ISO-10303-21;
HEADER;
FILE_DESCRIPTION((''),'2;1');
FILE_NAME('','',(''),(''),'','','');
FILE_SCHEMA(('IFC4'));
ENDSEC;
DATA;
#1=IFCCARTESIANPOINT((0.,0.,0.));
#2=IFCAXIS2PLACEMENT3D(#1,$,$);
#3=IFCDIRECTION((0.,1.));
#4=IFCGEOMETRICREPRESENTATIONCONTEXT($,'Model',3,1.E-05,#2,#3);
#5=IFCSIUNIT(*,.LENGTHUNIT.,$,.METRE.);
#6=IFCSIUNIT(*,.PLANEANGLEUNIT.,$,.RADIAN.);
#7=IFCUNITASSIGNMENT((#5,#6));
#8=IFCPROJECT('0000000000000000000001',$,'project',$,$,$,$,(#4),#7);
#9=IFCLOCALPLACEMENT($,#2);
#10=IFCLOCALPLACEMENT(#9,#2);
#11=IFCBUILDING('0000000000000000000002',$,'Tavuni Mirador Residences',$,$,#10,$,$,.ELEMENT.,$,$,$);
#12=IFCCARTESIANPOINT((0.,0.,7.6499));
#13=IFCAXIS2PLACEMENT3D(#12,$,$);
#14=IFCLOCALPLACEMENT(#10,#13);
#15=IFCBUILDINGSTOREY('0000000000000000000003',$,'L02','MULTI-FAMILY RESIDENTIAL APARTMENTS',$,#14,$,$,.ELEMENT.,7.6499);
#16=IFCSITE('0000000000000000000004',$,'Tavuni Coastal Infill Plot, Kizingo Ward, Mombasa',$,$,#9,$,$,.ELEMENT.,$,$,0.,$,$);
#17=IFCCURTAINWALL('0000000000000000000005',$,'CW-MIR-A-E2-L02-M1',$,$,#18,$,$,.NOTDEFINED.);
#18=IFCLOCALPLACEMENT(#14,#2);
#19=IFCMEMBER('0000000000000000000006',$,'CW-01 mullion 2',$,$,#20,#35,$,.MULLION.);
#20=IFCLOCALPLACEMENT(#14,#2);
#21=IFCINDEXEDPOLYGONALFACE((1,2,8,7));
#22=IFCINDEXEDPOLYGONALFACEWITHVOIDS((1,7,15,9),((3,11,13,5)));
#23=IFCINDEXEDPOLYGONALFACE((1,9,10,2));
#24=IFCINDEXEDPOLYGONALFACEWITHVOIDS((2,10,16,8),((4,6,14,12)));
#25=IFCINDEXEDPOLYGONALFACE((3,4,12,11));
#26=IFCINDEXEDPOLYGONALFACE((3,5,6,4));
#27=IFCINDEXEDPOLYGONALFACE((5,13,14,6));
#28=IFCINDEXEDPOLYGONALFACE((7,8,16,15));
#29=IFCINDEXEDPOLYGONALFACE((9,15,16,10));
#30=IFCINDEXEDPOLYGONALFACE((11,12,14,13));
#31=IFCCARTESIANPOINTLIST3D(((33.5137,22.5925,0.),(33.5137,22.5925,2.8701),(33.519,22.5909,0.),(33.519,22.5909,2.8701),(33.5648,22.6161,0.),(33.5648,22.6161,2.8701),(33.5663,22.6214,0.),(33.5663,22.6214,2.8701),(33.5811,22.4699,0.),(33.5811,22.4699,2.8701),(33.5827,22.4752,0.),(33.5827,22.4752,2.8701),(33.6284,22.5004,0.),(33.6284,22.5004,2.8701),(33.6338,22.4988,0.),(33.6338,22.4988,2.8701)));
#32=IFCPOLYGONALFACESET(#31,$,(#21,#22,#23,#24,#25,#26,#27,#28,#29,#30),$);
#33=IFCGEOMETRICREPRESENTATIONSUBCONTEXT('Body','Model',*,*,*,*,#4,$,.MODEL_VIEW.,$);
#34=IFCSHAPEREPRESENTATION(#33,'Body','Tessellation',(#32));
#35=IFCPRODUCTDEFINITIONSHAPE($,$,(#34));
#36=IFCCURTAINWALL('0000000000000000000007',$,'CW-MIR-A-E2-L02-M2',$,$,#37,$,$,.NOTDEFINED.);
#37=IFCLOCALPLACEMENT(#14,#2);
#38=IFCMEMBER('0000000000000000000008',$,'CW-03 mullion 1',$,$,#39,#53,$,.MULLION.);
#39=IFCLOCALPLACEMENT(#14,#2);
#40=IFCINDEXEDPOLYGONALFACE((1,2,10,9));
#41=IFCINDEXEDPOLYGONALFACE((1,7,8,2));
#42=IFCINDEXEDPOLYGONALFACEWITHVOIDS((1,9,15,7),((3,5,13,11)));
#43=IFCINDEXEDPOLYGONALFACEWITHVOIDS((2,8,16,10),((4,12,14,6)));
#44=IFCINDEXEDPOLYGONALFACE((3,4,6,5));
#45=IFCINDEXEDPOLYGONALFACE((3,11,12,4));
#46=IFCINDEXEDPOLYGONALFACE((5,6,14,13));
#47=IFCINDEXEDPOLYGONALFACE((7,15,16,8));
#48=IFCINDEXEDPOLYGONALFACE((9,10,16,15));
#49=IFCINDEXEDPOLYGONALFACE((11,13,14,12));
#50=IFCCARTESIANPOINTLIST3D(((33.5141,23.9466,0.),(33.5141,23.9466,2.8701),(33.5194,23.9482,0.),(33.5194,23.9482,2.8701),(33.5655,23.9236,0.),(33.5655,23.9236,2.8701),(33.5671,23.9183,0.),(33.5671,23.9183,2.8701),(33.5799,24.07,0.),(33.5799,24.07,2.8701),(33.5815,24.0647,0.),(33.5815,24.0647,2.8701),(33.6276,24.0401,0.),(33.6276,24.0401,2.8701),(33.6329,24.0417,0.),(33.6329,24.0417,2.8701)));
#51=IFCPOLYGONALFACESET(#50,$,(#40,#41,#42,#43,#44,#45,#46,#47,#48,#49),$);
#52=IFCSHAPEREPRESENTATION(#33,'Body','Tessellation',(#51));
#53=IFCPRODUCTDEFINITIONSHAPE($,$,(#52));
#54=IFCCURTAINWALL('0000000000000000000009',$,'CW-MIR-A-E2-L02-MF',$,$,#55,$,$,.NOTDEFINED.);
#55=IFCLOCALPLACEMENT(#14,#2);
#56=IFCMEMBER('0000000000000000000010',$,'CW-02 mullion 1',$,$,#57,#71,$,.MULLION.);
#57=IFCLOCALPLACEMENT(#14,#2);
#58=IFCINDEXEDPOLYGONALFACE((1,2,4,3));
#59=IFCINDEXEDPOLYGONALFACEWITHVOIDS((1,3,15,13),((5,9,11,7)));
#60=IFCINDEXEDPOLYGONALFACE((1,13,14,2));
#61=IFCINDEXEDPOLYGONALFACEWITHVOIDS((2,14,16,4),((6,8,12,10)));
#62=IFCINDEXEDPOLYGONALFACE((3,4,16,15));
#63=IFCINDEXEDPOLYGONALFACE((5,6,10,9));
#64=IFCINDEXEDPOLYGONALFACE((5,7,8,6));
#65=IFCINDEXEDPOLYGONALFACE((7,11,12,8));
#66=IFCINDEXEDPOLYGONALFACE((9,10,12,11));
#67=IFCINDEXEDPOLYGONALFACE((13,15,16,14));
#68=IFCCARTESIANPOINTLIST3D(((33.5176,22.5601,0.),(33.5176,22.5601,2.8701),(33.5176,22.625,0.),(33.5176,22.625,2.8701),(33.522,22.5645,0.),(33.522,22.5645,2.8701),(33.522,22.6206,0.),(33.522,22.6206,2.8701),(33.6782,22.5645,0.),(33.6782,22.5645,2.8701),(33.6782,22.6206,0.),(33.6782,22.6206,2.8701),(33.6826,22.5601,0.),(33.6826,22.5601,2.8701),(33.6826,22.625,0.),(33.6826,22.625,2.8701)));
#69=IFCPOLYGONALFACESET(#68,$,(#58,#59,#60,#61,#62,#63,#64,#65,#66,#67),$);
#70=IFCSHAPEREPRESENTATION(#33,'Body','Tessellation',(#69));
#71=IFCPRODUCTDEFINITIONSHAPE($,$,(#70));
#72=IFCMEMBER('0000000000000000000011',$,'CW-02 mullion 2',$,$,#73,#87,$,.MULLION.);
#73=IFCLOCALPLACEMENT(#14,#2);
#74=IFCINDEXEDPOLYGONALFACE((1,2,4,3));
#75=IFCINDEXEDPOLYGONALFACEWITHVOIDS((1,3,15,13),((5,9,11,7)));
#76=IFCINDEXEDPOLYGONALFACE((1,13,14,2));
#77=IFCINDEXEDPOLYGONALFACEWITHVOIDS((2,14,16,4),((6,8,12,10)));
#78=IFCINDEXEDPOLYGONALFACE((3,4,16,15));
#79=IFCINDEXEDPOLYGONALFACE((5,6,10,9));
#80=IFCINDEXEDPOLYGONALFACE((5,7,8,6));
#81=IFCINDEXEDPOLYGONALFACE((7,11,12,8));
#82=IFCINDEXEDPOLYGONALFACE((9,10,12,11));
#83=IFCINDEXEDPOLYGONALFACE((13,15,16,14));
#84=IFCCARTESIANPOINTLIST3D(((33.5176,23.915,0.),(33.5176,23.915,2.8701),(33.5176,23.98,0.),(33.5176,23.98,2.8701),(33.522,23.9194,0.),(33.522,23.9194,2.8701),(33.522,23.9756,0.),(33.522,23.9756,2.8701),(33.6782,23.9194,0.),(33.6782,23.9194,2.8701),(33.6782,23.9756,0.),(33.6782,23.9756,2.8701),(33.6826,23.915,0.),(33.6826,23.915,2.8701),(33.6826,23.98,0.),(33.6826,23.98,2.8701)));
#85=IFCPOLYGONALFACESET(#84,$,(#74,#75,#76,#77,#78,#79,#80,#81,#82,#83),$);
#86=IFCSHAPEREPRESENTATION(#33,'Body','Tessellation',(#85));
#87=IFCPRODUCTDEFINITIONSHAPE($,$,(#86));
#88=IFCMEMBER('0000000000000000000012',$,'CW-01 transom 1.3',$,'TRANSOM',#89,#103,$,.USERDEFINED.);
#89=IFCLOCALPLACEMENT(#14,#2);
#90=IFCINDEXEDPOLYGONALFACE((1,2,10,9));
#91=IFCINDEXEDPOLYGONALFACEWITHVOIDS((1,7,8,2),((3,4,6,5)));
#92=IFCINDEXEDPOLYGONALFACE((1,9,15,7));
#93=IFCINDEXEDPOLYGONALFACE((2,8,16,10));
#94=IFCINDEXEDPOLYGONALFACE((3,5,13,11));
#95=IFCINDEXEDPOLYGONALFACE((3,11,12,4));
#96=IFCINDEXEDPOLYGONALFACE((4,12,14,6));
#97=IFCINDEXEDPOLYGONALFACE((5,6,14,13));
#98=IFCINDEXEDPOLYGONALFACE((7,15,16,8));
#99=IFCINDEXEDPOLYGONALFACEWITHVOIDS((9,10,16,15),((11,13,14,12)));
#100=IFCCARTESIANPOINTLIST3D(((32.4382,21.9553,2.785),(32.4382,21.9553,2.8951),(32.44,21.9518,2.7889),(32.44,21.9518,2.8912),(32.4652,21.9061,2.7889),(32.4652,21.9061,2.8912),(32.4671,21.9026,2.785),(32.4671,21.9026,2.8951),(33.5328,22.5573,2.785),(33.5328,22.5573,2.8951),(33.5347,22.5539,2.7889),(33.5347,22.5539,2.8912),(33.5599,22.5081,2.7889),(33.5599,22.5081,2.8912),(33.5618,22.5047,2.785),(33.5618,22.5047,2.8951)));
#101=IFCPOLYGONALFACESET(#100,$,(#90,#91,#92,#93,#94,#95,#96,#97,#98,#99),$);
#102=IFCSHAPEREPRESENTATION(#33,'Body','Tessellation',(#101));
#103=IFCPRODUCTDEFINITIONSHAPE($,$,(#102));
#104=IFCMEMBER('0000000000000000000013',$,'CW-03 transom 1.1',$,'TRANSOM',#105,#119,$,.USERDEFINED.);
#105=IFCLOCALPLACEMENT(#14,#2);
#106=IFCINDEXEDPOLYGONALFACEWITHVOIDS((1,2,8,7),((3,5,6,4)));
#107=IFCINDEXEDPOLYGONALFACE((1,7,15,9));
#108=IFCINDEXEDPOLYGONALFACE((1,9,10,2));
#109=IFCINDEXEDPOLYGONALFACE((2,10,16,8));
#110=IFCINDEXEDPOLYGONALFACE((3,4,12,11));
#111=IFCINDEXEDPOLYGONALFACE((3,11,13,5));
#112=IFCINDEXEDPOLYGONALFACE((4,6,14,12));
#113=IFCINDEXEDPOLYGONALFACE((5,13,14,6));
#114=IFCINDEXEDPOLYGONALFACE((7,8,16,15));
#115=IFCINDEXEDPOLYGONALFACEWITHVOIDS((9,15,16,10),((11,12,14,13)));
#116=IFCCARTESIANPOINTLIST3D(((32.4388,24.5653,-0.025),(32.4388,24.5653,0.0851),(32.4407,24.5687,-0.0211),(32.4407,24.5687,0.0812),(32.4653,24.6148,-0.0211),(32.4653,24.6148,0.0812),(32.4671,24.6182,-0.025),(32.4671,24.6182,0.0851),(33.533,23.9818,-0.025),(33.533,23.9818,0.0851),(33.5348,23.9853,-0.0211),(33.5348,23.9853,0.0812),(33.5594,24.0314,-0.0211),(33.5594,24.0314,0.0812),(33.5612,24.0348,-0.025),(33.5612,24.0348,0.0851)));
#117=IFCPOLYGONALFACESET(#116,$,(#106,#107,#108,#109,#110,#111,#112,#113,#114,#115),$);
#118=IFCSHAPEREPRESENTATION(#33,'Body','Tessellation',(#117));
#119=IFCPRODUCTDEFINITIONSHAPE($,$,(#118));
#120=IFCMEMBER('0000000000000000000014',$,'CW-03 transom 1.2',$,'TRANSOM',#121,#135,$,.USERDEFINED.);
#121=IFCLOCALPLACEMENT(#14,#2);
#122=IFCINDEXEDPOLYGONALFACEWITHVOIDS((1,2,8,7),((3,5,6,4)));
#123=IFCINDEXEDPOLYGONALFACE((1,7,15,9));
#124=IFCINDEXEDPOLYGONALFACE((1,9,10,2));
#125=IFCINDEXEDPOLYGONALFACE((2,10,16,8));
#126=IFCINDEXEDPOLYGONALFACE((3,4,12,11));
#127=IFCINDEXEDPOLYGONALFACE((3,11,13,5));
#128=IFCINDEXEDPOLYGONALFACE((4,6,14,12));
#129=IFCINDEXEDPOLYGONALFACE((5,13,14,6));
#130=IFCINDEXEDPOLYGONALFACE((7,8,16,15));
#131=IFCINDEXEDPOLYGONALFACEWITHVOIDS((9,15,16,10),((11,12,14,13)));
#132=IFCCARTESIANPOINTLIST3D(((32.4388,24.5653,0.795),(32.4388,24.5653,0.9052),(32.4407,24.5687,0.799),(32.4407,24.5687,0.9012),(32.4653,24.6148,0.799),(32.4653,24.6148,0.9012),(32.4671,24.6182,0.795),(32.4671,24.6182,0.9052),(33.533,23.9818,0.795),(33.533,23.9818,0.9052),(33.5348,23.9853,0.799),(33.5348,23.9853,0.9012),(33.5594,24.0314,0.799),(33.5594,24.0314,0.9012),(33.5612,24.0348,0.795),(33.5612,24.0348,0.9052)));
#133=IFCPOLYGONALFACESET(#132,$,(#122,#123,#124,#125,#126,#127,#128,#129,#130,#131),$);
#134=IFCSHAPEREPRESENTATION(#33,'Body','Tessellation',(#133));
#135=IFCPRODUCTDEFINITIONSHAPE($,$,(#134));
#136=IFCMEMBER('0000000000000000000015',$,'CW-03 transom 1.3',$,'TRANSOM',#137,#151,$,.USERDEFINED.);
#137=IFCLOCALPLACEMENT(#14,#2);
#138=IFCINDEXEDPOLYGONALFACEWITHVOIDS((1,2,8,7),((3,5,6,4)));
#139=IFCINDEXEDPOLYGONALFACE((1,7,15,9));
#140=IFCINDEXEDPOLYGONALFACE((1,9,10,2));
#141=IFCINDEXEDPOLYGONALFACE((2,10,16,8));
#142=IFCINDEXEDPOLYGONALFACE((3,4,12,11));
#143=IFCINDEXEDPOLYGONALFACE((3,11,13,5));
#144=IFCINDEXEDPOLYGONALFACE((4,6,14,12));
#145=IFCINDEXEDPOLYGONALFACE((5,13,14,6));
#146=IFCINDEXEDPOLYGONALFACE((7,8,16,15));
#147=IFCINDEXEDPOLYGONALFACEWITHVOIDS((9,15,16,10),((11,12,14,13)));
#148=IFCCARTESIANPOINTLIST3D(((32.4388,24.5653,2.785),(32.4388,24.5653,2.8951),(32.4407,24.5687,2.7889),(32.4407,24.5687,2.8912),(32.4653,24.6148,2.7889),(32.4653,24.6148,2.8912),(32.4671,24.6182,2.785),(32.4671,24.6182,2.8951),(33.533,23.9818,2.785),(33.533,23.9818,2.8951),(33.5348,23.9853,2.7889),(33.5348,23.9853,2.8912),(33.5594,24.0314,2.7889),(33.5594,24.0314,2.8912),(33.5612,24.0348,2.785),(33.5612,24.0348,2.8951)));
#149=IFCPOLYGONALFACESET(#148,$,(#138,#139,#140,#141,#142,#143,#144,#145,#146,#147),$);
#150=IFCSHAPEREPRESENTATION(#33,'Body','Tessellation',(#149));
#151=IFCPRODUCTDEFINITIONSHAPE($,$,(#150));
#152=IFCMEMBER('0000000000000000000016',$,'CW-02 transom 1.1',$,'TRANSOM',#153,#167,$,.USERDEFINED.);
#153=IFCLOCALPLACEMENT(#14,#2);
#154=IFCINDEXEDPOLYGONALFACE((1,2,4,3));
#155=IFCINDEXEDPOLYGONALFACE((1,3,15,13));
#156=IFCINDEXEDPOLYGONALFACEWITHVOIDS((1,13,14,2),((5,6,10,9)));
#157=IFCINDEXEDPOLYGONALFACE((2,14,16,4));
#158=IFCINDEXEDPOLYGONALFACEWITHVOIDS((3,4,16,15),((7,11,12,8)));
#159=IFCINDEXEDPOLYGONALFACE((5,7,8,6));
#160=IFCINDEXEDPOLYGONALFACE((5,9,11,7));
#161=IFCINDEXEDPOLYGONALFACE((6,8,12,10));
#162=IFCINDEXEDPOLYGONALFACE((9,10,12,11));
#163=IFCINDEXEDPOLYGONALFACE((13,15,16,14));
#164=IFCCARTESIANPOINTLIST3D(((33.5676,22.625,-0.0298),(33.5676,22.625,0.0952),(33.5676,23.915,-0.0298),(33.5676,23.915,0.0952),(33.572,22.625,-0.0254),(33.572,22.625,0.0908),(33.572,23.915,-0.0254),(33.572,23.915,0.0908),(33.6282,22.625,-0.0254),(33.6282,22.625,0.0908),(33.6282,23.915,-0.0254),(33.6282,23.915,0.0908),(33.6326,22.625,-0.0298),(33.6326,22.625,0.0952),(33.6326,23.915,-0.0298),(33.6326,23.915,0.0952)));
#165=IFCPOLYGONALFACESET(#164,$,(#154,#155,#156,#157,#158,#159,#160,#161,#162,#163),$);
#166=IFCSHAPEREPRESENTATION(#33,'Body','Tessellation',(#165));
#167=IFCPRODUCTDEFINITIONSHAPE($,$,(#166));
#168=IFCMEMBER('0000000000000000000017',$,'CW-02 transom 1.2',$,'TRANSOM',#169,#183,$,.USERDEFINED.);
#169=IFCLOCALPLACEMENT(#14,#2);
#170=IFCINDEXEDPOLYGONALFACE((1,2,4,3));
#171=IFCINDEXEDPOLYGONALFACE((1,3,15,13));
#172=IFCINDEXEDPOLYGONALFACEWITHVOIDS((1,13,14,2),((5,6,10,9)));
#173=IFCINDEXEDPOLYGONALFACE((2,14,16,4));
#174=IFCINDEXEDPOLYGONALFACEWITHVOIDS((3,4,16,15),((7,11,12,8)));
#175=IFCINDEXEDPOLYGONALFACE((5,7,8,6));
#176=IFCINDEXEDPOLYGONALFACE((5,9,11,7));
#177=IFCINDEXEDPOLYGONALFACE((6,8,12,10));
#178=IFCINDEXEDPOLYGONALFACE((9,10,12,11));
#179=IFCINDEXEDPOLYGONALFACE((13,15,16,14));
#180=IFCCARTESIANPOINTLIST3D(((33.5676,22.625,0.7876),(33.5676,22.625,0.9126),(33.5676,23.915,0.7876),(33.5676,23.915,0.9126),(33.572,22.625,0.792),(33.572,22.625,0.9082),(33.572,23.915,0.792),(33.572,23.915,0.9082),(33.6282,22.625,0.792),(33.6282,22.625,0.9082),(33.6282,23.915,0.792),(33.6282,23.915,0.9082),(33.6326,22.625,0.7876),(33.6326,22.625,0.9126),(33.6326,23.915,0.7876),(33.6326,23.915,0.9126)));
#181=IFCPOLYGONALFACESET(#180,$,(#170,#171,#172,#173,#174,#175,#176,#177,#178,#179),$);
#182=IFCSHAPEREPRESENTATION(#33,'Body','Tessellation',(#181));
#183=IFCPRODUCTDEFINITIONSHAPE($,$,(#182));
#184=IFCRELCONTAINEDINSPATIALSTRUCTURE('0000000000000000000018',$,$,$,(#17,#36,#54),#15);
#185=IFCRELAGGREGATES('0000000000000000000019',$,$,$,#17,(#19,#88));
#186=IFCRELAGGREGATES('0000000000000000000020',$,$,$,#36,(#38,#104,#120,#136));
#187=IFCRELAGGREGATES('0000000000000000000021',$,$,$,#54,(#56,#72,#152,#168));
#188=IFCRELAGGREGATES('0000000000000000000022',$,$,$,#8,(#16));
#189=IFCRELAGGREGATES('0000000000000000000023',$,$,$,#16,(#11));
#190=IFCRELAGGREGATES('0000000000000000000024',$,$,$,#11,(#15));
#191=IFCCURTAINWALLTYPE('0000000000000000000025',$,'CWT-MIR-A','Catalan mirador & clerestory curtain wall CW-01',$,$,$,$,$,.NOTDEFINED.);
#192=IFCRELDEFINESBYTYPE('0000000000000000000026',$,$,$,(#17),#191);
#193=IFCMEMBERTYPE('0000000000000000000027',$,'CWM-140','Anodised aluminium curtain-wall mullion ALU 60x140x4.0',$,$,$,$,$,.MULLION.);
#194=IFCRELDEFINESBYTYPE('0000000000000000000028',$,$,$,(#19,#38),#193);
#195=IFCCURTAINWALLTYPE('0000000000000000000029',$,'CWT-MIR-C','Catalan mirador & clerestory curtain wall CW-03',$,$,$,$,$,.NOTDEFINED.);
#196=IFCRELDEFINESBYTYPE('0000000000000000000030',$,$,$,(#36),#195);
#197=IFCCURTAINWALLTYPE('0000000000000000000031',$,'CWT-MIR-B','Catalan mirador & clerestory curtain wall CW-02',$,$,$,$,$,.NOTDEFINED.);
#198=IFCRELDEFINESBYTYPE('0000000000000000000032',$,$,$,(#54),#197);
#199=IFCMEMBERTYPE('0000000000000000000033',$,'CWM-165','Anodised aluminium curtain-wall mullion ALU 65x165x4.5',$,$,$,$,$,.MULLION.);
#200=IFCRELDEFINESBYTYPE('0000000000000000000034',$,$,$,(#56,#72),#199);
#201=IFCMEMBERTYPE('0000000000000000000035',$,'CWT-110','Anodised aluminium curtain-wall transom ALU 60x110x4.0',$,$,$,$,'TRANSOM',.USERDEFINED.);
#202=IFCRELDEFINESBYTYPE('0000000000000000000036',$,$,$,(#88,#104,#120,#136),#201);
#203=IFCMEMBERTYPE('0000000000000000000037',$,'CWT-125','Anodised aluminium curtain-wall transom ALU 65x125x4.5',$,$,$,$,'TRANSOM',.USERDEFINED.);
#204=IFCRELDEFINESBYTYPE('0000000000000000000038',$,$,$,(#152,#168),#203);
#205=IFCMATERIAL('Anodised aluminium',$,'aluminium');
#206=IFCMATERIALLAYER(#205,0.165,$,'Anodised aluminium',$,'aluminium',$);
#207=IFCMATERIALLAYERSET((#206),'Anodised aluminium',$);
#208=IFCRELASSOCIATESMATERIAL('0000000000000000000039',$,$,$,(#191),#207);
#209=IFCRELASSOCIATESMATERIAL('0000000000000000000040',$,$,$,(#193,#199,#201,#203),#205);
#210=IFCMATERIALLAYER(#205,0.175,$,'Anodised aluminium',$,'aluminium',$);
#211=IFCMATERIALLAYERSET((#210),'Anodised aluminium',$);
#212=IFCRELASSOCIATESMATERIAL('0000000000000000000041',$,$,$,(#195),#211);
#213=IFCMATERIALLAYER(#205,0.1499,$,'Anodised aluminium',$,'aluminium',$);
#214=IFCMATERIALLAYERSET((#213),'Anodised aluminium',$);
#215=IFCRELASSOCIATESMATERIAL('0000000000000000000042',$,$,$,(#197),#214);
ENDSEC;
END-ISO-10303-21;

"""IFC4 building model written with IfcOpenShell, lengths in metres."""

from ifc_helpers import new_model, si_unit, direction, frame, origin, origin_2d, place, context, subcontext, project, spatial, hollow_rectangle, extrude, material, layer, layer_set, material_profile, profile_set, type_object, element, aggregate, save


model = new_model("IFC4")

# Units and contexts
model_context = context("Model", 3, precision=1e-05, world=origin(), true_north=direction((0.0, 1.0)))
body_context = subcontext(model_context, "Body", "Model", "MODEL_VIEW")
ifc_project = project(units=[si_unit("LENGTHUNIT", "METRE"), si_unit("PLANEANGLEUNIT", "RADIAN")], contexts=[model_context])

# Site, building, storey
site_placement = place(None, origin())
site = spatial("IfcSite", under=ifc_project, at=site_placement, Name="Tavuni Coastal Infill Plot, Kizingo Ward, Mombasa", CompositionType="ELEMENT", RefElevation=0.0)
building_placement = place(site_placement, origin())
building = spatial("IfcBuilding", under=site, at=building_placement, Name="Tavuni Mirador Residences", CompositionType="ELEMENT")
storey_placement = place(building_placement, frame((0.0, 0.0, 7.6499)))
storey = spatial("IfcBuildingStorey", under=building, at=storey_placement, Name="L02", Description="MULTI-FAMILY RESIDENTIAL APARTMENTS", CompositionType="ELEMENT", Elevation=7.6499)

# Curtain walls, members
ifc_material_1 = material(Name="Anodised aluminium", Category="aluminium")
ifc_layer_1 = layer(ifc_material_1, 0.165, Name="Anodised aluminium", Category="aluminium")
ifc_layer_set_1 = layer_set([ifc_layer_1], Name="Anodised aluminium")
curtain_wall_type_1 = type_object("IfcCurtainWallType", Name="CWT-MIR-A", Description="Catalan mirador & clerestory curtain wall CW-01", PredefinedType="NOTDEFINED", material=ifc_layer_set_1)
curtain_wall_1_placement = place(storey_placement, origin())
curtain_wall_1 = element("IfcCurtainWall", 1, at=curtain_wall_1_placement, inside=storey, type_object=curtain_wall_type_1, Name="CW-MIR-A-E2-L02-M1", PredefinedType="NOTDEFINED")
ifc_material_profile_1 = material_profile(ifc_material_1, hollow_rectangle(XDim=0.0601, YDim=0.1399, WallThickness=0.0039, at=origin_2d()), Name="ALU 60x140x4.0", Category="aluminium")
ifc_profile_set_1 = profile_set([ifc_material_profile_1], Name="Anodised aluminium")
member_type_1 = type_object("IfcMemberType", Name="CWM-140", Description="Anodised aluminium curtain-wall mullion ALU 60x140x4.0", PredefinedType="MULLION", material=ifc_profile_set_1)
member_1_placement = place(storey_placement, frame((33.5737, 22.5457, 0.0), z_axis=(0.0, 0.0, 1.0), x_axis=(0.876216, 0.481919, 0.0)))
member_1 = element("IfcMember", 2, at=member_1_placement, type_object=member_type_1, Name="CW-01 mullion 2", PredefinedType="MULLION", context=body_context, shape_type="SweptSolid", body=[
    extrude(hollow_rectangle(XDim=0.0601, YDim=0.1399, WallThickness=0.0039, at=origin_2d()), origin(), (0.0, 0.0, 1.0), 2.8701),
])
ifc_layer_2 = layer(ifc_material_1, 0.175, Name="Anodised aluminium", Category="aluminium")
ifc_layer_set_2 = layer_set([ifc_layer_2], Name="Anodised aluminium")
curtain_wall_type_2 = type_object("IfcCurtainWallType", Name="CWT-MIR-C", Description="Catalan mirador & clerestory curtain wall CW-03", PredefinedType="NOTDEFINED", material=ifc_layer_set_2)
curtain_wall_2_placement = place(storey_placement, origin())
curtain_wall_2 = element("IfcCurtainWall", 3, at=curtain_wall_2_placement, inside=storey, type_object=curtain_wall_type_2, Name="CW-MIR-A-E2-L02-M2", PredefinedType="NOTDEFINED")
member_2_placement = place(storey_placement, frame((33.5735, 23.9941, 0.0), z_axis=(0.0, 0.0, 1.0), x_axis=(-0.882353, 0.470588, 0.0)))
member_2 = element("IfcMember", 4, at=member_2_placement, type_object=member_type_1, Name="CW-03 mullion 1", PredefinedType="MULLION", context=body_context, shape_type="SweptSolid", body=[
    extrude(hollow_rectangle(XDim=0.0601, YDim=0.1399, WallThickness=0.0039, at=origin_2d()), origin(), (0.0, 0.0, 1.0), 2.8701),
])

# Curtain wall, members
ifc_layer_3 = layer(ifc_material_1, 0.1499, Name="Anodised aluminium", Category="aluminium")
ifc_layer_set_3 = layer_set([ifc_layer_3], Name="Anodised aluminium")
curtain_wall_type_3 = type_object("IfcCurtainWallType", Name="CWT-MIR-B", Description="Catalan mirador & clerestory curtain wall CW-02", PredefinedType="NOTDEFINED", material=ifc_layer_set_3)
curtain_wall_3_placement = place(storey_placement, origin())
curtain_wall_3 = element("IfcCurtainWall", 5, at=curtain_wall_3_placement, inside=storey, type_object=curtain_wall_type_3, Name="CW-MIR-A-E2-L02-MF", PredefinedType="NOTDEFINED")
ifc_material_profile_2 = material_profile(ifc_material_1, hollow_rectangle(XDim=0.0649, YDim=0.165, WallThickness=0.0044, at=origin_2d()), Name="ALU 65x165x4.5", Category="aluminium")
ifc_profile_set_2 = profile_set([ifc_material_profile_2], Name="Anodised aluminium")
member_type_2 = type_object("IfcMemberType", Name="CWM-165", Description="Anodised aluminium curtain-wall mullion ALU 65x165x4.5", PredefinedType="MULLION", material=ifc_profile_set_2)
member_3_placement = place(storey_placement, frame((33.6001, 22.5925, 0.0), z_axis=(0.0, 0.0, 1.0), x_axis=(0.0, 1.0, 0.0)))
member_3 = element("IfcMember", 6, at=member_3_placement, type_object=member_type_2, Name="CW-02 mullion 1", PredefinedType="MULLION", context=body_context, shape_type="SweptSolid", body=[
    extrude(hollow_rectangle(XDim=0.0649, YDim=0.165, WallThickness=0.0044, at=origin_2d()), origin(), (0.0, 0.0, 1.0), 2.8701),
])
member_4_placement = place(storey_placement, frame((33.6001, 23.9475, 0.0), z_axis=(0.0, 0.0, 1.0), x_axis=(0.0, 1.0, 0.0)))
member_4 = element("IfcMember", 7, at=member_4_placement, type_object=member_type_2, Name="CW-02 mullion 2", PredefinedType="MULLION", context=body_context, shape_type="SweptSolid", body=[
    extrude(hollow_rectangle(XDim=0.0649, YDim=0.165, WallThickness=0.0044, at=origin_2d()), origin(), (0.0, 0.0, 1.0), 2.8701),
])

# Members
ifc_material_profile_3 = material_profile(ifc_material_1, hollow_rectangle(XDim=0.0601, YDim=0.1101, WallThickness=0.0039, at=origin_2d()), Name="ALU 60x110x4.0", Category="aluminium")
ifc_profile_set_3 = profile_set([ifc_material_profile_3], Name="Anodised aluminium")
member_type_3 = type_object("IfcMemberType", Name="CWT-110", Description="Anodised aluminium curtain-wall transom ALU 60x110x4.0", ElementType="TRANSOM", PredefinedType="USERDEFINED", material=ifc_profile_set_3)
member_5_placement = place(storey_placement, frame((32.4526, 21.929, 2.8401), z_axis=(0.876232, 0.481889, 0.0), x_axis=(-0.481889, 0.876232, 0.0)))
member_5 = element("IfcMember", 8, at=member_5_placement, type_object=member_type_3, Name="CW-01 transom 1.3", ObjectType="TRANSOM", PredefinedType="USERDEFINED", context=body_context, shape_type="SweptSolid", body=[
    extrude(hollow_rectangle(XDim=0.0601, YDim=0.1101, WallThickness=0.0039, at=origin_2d()), origin(), (0.0, 0.0, 1.0), 1.2493),
])
member_6_placement = place(storey_placement, frame((33.5471, 24.0083, 0.03), z_axis=(-0.882386, 0.470527, 0.0), x_axis=(-0.470527, -0.882386, 0.0)))
member_6 = element("IfcMember", 9, at=member_6_placement, type_object=member_type_3, Name="CW-03 transom 1.1", ObjectType="TRANSOM", PredefinedType="USERDEFINED", context=body_context, shape_type="SweptSolid", body=[
    extrude(hollow_rectangle(XDim=0.0601, YDim=0.1101, WallThickness=0.0039, at=origin_2d()), origin(), (0.0, 0.0, 1.0), 1.24),
])
member_7_placement = place(storey_placement, frame((33.5471, 24.0083, 0.8501), z_axis=(-0.882386, 0.470527, 0.0), x_axis=(-0.470527, -0.882386, 0.0)))
member_7 = element("IfcMember", 10, at=member_7_placement, type_object=member_type_3, Name="CW-03 transom 1.2", ObjectType="TRANSOM", PredefinedType="USERDEFINED", context=body_context, shape_type="SweptSolid", body=[
    extrude(hollow_rectangle(XDim=0.0601, YDim=0.1101, WallThickness=0.0039, at=origin_2d()), origin(), (0.0, 0.0, 1.0), 1.24),
])
member_8_placement = place(storey_placement, frame((33.5471, 24.0083, 2.8401), z_axis=(-0.882386, 0.470527, 0.0), x_axis=(-0.470527, -0.882386, 0.0)))
member_8 = element("IfcMember", 11, at=member_8_placement, type_object=member_type_3, Name="CW-03 transom 1.3", ObjectType="TRANSOM", PredefinedType="USERDEFINED", context=body_context, shape_type="SweptSolid", body=[
    extrude(hollow_rectangle(XDim=0.0601, YDim=0.1101, WallThickness=0.0039, at=origin_2d()), origin(), (0.0, 0.0, 1.0), 1.24),
])
ifc_material_profile_4 = material_profile(ifc_material_1, hollow_rectangle(XDim=0.0649, YDim=0.125, WallThickness=0.0044, at=origin_2d()), Name="ALU 65x125x4.5", Category="aluminium")
ifc_profile_set_4 = profile_set([ifc_material_profile_4], Name="Anodised aluminium")
member_type_4 = type_object("IfcMemberType", Name="CWT-125", Description="Anodised aluminium curtain-wall transom ALU 65x125x4.5", ElementType="TRANSOM", PredefinedType="USERDEFINED", material=ifc_profile_set_4)
member_9_placement = place(storey_placement, frame((33.6001, 22.625, 0.0327), z_axis=(0.0, 1.0, 0.0), x_axis=(-1.0, 0.0, 0.0)))
member_9 = element("IfcMember", 12, at=member_9_placement, type_object=member_type_4, Name="CW-02 transom 1.1", ObjectType="TRANSOM", PredefinedType="USERDEFINED", context=body_context, shape_type="SweptSolid", body=[
    extrude(hollow_rectangle(XDim=0.0649, YDim=0.125, WallThickness=0.0044, at=origin_2d()), origin(), (0.0, 0.0, 1.0), 1.29),
])
member_10_placement = place(storey_placement, frame((33.6001, 22.625, 0.8501), z_axis=(0.0, 1.0, 0.0), x_axis=(-1.0, 0.0, 0.0)))
member_10 = element("IfcMember", 13, at=member_10_placement, type_object=member_type_4, Name="CW-02 transom 1.2", ObjectType="TRANSOM", PredefinedType="USERDEFINED", context=body_context, shape_type="SweptSolid", body=[
    extrude(hollow_rectangle(XDim=0.0649, YDim=0.125, WallThickness=0.0044, at=origin_2d()), origin(), (0.0, 0.0, 1.0), 1.29),
])

aggregate(curtain_wall_1, [member_1, member_5])
aggregate(curtain_wall_2, [member_2, member_6, member_7, member_8])
aggregate(curtain_wall_3, [member_3, member_4, member_9, member_10])

save(model, "model.ifc")
